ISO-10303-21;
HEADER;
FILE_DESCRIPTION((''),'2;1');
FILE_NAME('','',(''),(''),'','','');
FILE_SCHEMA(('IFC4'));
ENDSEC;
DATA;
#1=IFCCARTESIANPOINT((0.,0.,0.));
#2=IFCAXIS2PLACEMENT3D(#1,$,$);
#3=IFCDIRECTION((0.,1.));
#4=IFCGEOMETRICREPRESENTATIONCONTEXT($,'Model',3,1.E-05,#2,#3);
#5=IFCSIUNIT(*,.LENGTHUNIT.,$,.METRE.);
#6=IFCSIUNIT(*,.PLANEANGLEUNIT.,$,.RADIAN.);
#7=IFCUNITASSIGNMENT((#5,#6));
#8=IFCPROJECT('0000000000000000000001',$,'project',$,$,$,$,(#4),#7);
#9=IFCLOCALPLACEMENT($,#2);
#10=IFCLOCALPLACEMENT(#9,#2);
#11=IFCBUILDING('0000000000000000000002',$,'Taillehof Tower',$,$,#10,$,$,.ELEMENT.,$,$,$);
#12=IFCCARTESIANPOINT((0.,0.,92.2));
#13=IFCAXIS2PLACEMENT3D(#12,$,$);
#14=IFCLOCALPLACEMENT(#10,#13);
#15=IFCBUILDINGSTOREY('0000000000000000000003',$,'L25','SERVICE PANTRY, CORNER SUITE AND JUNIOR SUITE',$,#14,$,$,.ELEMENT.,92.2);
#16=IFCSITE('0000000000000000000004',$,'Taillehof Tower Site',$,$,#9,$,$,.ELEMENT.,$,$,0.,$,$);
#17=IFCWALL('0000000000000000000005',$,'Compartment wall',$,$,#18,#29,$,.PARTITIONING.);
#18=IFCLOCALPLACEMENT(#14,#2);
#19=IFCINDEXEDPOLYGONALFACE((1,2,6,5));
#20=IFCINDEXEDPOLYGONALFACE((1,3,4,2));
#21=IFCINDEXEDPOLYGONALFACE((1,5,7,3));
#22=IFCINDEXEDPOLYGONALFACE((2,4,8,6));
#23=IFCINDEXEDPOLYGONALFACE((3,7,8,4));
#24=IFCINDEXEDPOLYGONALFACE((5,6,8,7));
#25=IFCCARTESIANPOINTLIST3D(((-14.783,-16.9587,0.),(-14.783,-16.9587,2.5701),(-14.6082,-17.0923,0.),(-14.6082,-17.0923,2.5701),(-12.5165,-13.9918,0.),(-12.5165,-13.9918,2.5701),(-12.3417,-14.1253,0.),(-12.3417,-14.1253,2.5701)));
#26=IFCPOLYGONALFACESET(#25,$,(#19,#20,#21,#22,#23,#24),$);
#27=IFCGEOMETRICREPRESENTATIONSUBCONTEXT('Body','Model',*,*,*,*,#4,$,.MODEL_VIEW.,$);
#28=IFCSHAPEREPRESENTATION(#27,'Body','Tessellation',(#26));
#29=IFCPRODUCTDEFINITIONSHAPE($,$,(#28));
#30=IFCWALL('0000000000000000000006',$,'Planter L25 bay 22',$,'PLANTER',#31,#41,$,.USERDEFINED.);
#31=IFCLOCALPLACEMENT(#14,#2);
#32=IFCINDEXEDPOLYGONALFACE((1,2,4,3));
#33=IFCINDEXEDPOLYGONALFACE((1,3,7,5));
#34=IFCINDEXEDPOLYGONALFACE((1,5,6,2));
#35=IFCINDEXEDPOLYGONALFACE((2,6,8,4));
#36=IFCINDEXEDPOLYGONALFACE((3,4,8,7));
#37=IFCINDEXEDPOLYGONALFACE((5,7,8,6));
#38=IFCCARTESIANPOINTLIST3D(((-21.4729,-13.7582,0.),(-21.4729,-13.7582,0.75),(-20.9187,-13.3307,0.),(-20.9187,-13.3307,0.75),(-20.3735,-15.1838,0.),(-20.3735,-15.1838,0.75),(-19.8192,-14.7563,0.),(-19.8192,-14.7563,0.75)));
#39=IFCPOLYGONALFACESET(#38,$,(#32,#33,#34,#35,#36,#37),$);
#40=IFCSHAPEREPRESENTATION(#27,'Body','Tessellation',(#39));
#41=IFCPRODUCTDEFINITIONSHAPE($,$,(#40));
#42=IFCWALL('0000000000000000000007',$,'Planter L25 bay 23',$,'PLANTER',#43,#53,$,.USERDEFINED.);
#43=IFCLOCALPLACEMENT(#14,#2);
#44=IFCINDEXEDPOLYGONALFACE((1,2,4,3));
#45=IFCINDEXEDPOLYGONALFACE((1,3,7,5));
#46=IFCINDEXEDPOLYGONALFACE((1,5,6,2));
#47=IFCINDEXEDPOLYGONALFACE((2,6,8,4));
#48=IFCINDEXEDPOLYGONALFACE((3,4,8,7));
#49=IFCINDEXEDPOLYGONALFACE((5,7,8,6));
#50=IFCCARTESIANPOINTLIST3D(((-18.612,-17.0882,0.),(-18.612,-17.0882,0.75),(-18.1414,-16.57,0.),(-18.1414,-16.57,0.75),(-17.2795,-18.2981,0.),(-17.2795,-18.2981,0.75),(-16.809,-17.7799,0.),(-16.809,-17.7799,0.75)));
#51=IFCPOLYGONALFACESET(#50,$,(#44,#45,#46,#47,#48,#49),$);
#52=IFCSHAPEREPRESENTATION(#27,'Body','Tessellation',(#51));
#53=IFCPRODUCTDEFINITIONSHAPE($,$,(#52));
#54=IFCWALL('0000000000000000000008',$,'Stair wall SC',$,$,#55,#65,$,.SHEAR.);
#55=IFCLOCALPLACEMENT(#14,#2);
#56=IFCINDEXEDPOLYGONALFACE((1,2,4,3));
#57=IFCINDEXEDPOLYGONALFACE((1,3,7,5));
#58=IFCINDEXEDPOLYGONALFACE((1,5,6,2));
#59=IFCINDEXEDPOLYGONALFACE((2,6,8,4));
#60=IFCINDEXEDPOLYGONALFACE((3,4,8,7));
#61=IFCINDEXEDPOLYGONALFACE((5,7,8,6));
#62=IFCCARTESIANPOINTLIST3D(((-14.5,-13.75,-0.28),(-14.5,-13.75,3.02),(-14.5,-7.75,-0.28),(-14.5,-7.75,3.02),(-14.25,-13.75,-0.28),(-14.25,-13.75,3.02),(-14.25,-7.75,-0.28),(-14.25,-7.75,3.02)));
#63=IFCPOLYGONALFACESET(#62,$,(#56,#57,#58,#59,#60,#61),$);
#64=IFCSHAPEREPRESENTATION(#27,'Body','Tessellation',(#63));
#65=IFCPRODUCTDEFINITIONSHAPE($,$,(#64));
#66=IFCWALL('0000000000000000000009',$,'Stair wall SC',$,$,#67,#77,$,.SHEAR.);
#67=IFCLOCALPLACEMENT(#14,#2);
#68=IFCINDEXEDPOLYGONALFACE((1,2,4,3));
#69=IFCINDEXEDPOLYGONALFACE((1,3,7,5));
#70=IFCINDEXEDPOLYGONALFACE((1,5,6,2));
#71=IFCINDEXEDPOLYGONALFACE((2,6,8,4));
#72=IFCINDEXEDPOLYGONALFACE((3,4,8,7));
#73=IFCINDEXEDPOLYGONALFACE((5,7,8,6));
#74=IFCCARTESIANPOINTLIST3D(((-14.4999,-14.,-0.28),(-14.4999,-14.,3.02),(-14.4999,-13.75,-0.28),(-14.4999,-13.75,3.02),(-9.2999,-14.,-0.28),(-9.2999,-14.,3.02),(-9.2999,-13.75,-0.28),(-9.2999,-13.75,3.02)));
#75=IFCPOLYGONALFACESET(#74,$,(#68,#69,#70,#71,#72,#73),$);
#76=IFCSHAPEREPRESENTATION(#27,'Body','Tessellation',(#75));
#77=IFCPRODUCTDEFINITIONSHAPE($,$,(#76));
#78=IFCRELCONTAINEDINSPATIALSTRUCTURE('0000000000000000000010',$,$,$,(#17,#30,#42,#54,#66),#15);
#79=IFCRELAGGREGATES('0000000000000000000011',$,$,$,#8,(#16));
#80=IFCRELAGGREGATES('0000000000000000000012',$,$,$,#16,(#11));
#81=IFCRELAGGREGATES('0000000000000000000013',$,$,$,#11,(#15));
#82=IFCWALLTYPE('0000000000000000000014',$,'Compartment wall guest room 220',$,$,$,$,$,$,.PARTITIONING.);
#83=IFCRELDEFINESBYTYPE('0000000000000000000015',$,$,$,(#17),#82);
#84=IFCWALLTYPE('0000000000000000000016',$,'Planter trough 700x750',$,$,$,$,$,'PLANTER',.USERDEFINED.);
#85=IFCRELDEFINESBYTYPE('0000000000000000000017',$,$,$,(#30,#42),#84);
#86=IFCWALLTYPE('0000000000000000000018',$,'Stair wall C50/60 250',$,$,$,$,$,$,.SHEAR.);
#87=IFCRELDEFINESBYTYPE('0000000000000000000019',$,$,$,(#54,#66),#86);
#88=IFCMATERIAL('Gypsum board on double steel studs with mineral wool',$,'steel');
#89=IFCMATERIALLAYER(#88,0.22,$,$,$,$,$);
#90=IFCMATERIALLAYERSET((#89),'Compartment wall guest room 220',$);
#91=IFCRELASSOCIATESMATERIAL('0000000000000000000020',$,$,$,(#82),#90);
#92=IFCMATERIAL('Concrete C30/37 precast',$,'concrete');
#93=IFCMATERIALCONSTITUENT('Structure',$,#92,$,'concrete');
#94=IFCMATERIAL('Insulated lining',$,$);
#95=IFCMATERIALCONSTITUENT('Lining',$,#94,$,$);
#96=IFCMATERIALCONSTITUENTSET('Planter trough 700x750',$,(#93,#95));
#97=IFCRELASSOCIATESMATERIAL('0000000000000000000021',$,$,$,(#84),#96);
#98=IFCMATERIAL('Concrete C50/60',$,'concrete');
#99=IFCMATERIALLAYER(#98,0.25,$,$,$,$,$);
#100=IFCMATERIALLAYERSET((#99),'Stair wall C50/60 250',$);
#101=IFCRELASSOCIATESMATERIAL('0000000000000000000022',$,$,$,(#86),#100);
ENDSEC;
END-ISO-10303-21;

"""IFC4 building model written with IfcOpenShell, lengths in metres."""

from ifc_helpers import new_model, si_unit, direction, frame, frame_2d, origin, place, context, subcontext, project, spatial, rectangle, extrude, material, layer, layer_set, constituent, constituent_set, type_object, element, save


model = new_model("IFC4")

# Units and contexts
model_context = context("Model", 3, precision=1e-05, world=origin(), true_north=direction((0.0, 1.0)))
body_context = subcontext(model_context, "Body", "Model", "MODEL_VIEW")
ifc_project = project(units=[si_unit("LENGTHUNIT", "METRE"), si_unit("PLANEANGLEUNIT", "RADIAN")], contexts=[model_context])

# Site, building, storey
site_placement = place(None, origin())
site = spatial("IfcSite", under=ifc_project, at=site_placement, Name="Taillehof Tower Site", CompositionType="ELEMENT", RefElevation=0.0)
building_placement = place(site_placement, origin())
building = spatial("IfcBuilding", under=site, at=building_placement, Name="Taillehof Tower", CompositionType="ELEMENT")
storey_placement = place(building_placement, frame((0.0, 0.0, 92.2)))
storey = spatial("IfcBuildingStorey", under=building, at=storey_placement, Name="L25", Description="SERVICE PANTRY, CORNER SUITE AND JUNIOR SUITE", CompositionType="ELEMENT", Elevation=92.2)

# Walls
ifc_material_1 = material(Name="Gypsum board on double steel studs with mineral wool", Category="steel")
ifc_layer_1 = layer(ifc_material_1, 0.22)
ifc_layer_set_1 = layer_set([ifc_layer_1], Name="Compartment wall guest room 220")
wall_type_1 = type_object("IfcWallType", Name="Compartment wall guest room 220", PredefinedType="PARTITIONING", material=ifc_layer_set_1)
wall_1_placement = place(storey_placement, frame((-14.6956, -17.0254, 0.0), z_axis=(0.0, 0.0, 1.0), x_axis=(0.607059, 0.794657, 0.0)))
element("IfcWall", 1, at=wall_1_placement, inside=storey, type_object=wall_type_1, Name="Compartment wall", PredefinedType="PARTITIONING", context=body_context, shape_type="SweptSolid", body=[
    extrude(rectangle(XDim=3.7336, YDim=0.22, at=frame_2d((1.8667, 0.0))), origin(), (0.0, 0.0, 1.0), 2.5701),
])
ifc_material_2 = material(Name="Concrete C30/37 precast", Category="concrete")
ifc_constituent_1 = constituent(ifc_material_2, Name="Structure", Category="concrete")
ifc_material_3 = material(Name="Insulated lining")
ifc_constituent_2 = constituent(ifc_material_3, Name="Lining")
ifc_constituent_set = constituent_set(constituents=[ifc_constituent_1, ifc_constituent_2], Name="Planter trough 700x750")
wall_type_2 = type_object("IfcWallType", Name="Planter trough 700x750", ElementType="PLANTER", PredefinedType="USERDEFINED", material=ifc_constituent_set)
wall_2_placement = place(storey_placement, frame((-21.1958, -13.5444, 0.0), z_axis=(0.0, 0.0, 1.0), x_axis=(0.610687, -0.791872, 0.0)))
element("IfcWall", 2, at=wall_2_placement, inside=storey, type_object=wall_type_2, Name="Planter L25 bay 22", ObjectType="PLANTER", PredefinedType="USERDEFINED", context=body_context, shape_type="SweptSolid", body=[
    extrude(rectangle(XDim=1.8003, YDim=0.7, at=frame_2d((0.9001, 0.0))), origin(), (0.0, 0.0, 1.0), 0.75),
])
wall_3_placement = place(storey_placement, frame((-18.3767, -16.8291, 0.0), z_axis=(0.0, 0.0, 1.0), x_axis=(0.740333, -0.672241, 0.0)))
element("IfcWall", 3, at=wall_3_placement, inside=storey, type_object=wall_type_2, Name="Planter L25 bay 23", ObjectType="PLANTER", PredefinedType="USERDEFINED", context=body_context, shape_type="SweptSolid", body=[
    extrude(rectangle(XDim=1.7998, YDim=0.7, at=frame_2d((0.8999, 0.0))), origin(), (0.0, 0.0, 1.0), 0.75),
])
ifc_material_4 = material(Name="Concrete C50/60", Category="concrete")
ifc_layer_2 = layer(ifc_material_4, 0.25)
ifc_layer_set_2 = layer_set([ifc_layer_2], Name="Stair wall C50/60 250")
wall_type_3 = type_object("IfcWallType", Name="Stair wall C50/60 250", PredefinedType="SHEAR", material=ifc_layer_set_2)
wall_4_placement = place(storey_placement, frame((-14.375, -13.75, -0.28), z_axis=(0.0, 0.0, 1.0), x_axis=(0.0, 1.0, 0.0)))
element("IfcWall", 4, at=wall_4_placement, inside=storey, type_object=wall_type_3, Name="Stair wall SC", PredefinedType="SHEAR", context=body_context, shape_type="SweptSolid", body=[
    extrude(rectangle(XDim=6.0, YDim=0.25, at=frame_2d((3.0, 0.0))), origin(), (0.0, 0.0, 1.0), 3.3),
])
wall_5_placement = place(storey_placement, frame((-14.5, -13.875, -0.28), z_axis=(0.0, 0.0, 1.0), x_axis=(1.0, 0.0, 0.0)))
element("IfcWall", 5, at=wall_5_placement, inside=storey, type_object=wall_type_3, Name="Stair wall SC", PredefinedType="SHEAR", context=body_context, shape_type="SweptSolid", body=[
    extrude(rectangle(XDim=5.2, YDim=0.25, at=frame_2d((2.6001, 0.0))), origin(), (0.0, 0.0, 1.0), 3.3),
])

save(model, "model.ifc")
